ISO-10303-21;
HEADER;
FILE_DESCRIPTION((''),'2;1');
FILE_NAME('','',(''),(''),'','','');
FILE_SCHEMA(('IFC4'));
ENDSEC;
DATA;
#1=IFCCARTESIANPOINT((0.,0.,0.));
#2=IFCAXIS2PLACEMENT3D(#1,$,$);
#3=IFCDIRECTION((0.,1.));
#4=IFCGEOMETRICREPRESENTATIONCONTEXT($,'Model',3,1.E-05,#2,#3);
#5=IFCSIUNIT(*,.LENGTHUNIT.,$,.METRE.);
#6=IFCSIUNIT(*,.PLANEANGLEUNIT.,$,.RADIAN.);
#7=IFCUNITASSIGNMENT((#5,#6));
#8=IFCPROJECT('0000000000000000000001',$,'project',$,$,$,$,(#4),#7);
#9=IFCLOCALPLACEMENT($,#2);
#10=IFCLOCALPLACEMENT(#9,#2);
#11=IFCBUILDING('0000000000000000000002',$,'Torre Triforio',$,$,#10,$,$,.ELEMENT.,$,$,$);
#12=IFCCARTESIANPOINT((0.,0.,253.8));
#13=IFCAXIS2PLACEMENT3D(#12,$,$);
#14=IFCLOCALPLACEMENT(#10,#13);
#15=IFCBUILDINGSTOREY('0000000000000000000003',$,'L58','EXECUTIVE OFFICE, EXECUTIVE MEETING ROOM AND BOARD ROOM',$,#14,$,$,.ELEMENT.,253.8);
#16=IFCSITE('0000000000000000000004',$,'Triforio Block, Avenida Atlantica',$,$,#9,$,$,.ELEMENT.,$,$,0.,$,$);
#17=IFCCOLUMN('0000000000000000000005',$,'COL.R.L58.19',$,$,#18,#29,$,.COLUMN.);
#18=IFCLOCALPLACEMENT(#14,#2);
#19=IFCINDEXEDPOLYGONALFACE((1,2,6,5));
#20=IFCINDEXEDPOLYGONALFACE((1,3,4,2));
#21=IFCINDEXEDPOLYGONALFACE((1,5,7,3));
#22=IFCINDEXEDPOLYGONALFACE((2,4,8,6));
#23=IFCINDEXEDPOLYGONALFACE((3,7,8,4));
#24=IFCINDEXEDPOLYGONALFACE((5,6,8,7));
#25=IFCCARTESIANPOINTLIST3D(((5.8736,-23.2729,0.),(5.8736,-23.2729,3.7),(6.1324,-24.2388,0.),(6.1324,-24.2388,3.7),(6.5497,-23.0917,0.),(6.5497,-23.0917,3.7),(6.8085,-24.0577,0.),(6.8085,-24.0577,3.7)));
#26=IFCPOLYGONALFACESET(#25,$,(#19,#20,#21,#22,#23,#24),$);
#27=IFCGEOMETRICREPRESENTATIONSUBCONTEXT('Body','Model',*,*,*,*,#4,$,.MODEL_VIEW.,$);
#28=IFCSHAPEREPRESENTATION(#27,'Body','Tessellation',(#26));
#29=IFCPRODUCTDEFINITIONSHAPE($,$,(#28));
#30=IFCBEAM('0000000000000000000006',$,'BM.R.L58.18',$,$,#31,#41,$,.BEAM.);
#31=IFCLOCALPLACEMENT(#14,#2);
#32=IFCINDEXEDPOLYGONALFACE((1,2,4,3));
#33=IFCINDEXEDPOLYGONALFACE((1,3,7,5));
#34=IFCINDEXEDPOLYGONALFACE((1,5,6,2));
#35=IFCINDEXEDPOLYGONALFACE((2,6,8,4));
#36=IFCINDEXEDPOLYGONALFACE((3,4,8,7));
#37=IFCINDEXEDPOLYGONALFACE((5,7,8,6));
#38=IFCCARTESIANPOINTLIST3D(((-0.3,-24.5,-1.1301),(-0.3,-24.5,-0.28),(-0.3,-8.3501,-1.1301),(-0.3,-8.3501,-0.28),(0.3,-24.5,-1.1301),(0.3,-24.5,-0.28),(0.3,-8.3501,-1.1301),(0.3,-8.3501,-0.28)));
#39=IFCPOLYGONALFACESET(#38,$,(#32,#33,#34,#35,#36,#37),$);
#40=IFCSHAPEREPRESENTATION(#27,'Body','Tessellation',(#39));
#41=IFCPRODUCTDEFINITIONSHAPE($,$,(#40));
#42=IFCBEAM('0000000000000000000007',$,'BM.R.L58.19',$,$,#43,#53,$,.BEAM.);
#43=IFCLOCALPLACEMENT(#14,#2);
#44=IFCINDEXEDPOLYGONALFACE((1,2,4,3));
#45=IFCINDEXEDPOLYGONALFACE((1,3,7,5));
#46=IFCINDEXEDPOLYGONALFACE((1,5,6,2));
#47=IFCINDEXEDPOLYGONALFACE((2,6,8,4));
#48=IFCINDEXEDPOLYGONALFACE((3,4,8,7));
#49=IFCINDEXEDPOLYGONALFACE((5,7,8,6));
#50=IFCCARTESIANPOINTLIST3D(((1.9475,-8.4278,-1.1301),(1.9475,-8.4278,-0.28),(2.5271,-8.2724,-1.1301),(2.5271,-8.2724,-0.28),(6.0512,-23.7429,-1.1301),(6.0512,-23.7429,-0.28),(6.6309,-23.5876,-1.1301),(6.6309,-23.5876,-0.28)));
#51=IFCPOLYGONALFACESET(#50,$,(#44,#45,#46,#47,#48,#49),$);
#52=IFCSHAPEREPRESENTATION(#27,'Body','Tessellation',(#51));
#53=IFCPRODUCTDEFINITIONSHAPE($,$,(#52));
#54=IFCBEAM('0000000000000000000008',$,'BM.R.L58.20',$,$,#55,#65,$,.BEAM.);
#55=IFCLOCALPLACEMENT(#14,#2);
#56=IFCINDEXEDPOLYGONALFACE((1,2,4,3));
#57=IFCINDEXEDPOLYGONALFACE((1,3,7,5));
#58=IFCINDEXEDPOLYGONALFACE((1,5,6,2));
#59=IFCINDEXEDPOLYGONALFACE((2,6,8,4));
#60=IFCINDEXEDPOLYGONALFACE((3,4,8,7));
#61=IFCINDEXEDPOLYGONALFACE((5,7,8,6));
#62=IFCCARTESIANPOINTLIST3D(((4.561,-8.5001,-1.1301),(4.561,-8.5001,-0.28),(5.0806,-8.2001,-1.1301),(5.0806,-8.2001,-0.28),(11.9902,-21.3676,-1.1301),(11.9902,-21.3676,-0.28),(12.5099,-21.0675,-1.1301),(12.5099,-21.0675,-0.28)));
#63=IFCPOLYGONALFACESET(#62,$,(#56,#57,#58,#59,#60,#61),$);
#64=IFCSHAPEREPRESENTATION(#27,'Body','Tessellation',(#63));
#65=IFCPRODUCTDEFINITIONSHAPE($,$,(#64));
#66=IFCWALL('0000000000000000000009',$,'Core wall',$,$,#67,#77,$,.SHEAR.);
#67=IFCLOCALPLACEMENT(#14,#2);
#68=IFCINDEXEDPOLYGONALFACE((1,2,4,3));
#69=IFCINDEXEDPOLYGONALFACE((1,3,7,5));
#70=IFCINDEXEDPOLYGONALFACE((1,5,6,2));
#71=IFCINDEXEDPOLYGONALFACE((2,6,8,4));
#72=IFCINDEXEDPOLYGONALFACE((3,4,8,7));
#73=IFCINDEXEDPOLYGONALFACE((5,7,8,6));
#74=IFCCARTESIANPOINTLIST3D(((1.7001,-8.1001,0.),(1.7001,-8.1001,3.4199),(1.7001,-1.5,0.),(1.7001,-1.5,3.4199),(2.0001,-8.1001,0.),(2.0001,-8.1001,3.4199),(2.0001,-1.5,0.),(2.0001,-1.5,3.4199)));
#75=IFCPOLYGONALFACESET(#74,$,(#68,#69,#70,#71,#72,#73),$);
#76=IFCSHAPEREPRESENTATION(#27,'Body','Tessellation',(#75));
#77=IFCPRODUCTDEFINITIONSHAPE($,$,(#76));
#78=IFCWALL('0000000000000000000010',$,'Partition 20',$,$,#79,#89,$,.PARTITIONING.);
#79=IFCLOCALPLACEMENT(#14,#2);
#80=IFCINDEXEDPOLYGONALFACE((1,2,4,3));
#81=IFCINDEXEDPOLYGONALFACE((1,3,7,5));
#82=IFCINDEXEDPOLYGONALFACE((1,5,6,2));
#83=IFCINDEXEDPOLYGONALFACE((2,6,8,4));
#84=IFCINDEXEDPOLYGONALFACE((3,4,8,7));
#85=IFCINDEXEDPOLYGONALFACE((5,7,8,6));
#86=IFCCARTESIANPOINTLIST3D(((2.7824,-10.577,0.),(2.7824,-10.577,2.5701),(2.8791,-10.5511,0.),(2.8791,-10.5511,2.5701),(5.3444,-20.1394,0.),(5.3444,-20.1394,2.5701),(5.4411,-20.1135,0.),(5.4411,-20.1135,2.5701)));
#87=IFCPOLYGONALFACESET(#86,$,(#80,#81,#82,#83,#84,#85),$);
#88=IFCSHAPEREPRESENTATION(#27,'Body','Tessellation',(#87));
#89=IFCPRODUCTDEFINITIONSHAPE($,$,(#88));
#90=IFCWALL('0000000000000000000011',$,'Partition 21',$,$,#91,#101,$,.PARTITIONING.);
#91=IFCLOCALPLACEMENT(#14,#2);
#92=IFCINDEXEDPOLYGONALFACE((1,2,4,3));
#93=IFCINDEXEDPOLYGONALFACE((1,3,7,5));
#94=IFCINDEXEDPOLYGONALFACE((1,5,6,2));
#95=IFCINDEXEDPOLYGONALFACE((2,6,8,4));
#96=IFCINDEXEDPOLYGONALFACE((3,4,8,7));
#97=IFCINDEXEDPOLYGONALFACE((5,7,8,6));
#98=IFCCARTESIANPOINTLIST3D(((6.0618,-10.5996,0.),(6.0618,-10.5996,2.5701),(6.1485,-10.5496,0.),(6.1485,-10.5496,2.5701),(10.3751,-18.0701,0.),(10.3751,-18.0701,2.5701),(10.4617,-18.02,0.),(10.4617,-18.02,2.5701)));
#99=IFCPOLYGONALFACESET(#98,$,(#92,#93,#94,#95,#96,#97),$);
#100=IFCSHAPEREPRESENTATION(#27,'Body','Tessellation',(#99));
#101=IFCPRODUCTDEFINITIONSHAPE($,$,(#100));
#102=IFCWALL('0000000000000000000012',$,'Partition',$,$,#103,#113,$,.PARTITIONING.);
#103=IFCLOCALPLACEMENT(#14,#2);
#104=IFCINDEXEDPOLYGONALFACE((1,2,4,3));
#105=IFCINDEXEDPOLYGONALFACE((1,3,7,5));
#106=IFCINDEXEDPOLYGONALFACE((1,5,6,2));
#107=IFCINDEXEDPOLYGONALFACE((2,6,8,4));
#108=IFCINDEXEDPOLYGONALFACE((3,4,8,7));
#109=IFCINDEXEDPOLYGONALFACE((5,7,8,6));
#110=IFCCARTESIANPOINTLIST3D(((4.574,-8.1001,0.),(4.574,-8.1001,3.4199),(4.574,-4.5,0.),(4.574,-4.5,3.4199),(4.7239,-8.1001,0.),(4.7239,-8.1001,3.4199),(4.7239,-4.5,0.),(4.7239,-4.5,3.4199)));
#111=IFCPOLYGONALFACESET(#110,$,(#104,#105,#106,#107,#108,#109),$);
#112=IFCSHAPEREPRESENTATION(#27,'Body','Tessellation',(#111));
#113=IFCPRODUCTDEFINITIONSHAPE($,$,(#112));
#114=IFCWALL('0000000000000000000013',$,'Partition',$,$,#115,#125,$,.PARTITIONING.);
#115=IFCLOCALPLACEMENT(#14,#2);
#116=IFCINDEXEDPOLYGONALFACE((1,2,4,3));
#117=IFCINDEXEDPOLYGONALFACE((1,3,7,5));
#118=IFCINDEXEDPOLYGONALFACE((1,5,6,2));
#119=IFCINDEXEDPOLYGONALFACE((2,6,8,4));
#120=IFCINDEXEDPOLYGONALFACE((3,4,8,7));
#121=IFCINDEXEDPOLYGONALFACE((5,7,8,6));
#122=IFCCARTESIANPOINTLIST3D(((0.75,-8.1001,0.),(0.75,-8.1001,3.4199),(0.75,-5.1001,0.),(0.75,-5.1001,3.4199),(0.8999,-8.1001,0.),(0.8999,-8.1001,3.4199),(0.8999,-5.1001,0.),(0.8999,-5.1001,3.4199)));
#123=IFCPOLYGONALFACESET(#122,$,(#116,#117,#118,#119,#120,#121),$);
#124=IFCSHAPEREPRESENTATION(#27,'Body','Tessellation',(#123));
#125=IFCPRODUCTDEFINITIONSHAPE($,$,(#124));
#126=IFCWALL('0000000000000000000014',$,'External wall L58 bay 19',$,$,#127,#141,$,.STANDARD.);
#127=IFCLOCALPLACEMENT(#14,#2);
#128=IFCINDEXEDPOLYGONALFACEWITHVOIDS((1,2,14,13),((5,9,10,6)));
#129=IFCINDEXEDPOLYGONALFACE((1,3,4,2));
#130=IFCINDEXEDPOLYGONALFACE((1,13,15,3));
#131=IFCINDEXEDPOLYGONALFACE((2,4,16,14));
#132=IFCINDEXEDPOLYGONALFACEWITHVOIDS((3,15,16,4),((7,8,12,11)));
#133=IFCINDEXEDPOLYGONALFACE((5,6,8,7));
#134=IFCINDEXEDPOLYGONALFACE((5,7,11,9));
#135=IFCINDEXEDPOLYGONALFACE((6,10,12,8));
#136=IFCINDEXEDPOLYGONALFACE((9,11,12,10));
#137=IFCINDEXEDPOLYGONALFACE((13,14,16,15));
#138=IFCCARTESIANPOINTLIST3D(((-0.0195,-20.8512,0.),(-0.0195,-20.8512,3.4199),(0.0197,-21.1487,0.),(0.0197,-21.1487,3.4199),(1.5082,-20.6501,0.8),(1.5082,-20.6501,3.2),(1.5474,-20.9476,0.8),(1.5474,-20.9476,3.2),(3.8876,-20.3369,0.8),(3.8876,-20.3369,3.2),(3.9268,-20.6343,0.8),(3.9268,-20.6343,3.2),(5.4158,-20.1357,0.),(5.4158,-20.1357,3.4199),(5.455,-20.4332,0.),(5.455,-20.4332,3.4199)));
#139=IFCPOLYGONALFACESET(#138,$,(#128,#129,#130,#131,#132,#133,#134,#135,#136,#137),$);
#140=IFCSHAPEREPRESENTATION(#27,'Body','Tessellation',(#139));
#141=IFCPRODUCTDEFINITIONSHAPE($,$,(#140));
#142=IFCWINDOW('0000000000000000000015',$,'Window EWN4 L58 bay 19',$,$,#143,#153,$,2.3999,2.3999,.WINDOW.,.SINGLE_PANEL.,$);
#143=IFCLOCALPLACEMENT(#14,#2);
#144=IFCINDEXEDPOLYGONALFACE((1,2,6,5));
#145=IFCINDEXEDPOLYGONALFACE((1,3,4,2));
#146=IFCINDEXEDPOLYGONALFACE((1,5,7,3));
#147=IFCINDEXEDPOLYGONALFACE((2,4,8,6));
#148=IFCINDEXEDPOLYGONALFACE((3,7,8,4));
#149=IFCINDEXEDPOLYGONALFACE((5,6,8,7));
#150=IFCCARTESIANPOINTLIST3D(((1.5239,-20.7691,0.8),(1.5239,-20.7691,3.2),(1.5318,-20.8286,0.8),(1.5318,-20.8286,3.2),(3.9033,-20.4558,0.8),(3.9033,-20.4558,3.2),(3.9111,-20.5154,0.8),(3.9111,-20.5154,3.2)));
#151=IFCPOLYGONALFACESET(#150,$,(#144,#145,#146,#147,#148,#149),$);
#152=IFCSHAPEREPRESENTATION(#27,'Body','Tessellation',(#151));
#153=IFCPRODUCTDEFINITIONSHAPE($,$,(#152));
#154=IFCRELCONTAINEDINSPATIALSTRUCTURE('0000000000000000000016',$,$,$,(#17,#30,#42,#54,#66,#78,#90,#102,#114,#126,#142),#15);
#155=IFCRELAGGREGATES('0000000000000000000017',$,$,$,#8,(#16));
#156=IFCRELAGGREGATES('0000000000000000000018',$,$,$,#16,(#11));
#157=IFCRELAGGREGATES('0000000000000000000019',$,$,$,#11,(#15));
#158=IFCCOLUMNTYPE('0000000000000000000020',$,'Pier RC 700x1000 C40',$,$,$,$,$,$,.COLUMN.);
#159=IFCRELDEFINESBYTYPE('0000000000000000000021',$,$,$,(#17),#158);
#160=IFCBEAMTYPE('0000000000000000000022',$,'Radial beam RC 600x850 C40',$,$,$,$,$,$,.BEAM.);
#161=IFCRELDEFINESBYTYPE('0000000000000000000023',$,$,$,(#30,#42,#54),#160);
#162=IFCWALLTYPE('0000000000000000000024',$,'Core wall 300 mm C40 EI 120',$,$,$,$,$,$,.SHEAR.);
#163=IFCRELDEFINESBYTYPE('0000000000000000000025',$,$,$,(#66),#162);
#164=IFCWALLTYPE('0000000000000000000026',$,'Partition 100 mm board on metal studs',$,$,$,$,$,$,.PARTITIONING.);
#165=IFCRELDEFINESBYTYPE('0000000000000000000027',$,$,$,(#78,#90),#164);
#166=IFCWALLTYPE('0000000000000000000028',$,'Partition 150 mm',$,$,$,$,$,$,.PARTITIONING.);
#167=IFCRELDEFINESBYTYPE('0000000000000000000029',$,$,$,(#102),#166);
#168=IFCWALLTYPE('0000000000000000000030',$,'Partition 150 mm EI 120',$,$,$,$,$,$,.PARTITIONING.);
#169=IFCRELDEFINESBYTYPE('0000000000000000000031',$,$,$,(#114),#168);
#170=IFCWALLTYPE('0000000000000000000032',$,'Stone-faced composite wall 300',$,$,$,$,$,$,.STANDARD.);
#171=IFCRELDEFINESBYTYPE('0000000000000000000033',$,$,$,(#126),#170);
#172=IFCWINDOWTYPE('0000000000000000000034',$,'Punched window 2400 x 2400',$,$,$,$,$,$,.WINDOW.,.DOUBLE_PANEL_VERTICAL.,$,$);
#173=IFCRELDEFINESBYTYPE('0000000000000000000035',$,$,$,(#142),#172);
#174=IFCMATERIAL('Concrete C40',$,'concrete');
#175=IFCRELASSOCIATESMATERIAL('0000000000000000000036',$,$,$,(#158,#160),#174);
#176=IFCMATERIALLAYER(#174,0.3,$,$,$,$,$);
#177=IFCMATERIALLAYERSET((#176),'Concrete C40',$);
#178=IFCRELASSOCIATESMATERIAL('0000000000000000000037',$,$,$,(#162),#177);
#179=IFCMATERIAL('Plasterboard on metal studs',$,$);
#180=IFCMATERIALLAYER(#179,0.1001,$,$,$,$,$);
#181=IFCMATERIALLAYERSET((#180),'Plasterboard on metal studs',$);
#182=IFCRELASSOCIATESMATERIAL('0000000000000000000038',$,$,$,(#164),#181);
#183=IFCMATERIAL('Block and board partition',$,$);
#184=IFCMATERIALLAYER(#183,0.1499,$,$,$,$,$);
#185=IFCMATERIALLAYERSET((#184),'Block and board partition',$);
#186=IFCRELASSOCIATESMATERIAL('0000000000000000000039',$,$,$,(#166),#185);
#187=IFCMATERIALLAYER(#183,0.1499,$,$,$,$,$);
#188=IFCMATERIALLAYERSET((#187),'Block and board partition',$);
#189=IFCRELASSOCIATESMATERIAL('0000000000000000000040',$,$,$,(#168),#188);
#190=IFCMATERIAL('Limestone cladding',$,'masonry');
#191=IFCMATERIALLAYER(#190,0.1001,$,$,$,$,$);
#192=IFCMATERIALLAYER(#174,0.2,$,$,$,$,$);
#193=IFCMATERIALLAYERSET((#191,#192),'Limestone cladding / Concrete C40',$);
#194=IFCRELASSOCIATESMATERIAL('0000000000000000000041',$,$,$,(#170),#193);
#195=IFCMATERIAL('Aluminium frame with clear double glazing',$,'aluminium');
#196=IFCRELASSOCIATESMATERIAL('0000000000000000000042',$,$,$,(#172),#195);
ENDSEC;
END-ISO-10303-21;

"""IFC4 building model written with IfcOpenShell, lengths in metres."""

from ifc_helpers import new_model, si_unit, direction, frame, frame_2d, origin, origin_2d, place, context, subcontext, project, spatial, rectangle, extrude, material, layer, layer_set, material_profile, profile_set, type_object, element, fill, save


model = new_model("IFC4")

# Units and contexts
model_context = context("Model", 3, precision=1e-05, world=origin(), true_north=direction((0.0, 1.0)))
body_context = subcontext(model_context, "Body", "Model", "MODEL_VIEW")
ifc_project = project(units=[si_unit("LENGTHUNIT", "METRE"), si_unit("PLANEANGLEUNIT", "RADIAN")], contexts=[model_context])

# Site, building, storey
site_placement = place(None, origin())
site = spatial("IfcSite", under=ifc_project, at=site_placement, Name="Triforio Block, Avenida Atlantica", CompositionType="ELEMENT", RefElevation=0.0)
building_placement = place(site_placement, origin())
building = spatial("IfcBuilding", under=site, at=building_placement, Name="Torre Triforio", CompositionType="ELEMENT")
storey_placement = place(building_placement, frame((0.0, 0.0, 253.8)))
storey = spatial("IfcBuildingStorey", under=building, at=storey_placement, Name="L58", Description="EXECUTIVE OFFICE, EXECUTIVE MEETING ROOM AND BOARD ROOM", CompositionType="ELEMENT", Elevation=253.8)

# Column
ifc_material_1 = material(Name="Concrete C40", Category="concrete")
ifc_material_profile_1 = material_profile(ifc_material_1, rectangle(XDim=0.7, YDim=1.0, at=origin_2d()), Name="RC 700x1000")
ifc_profile_set_1 = profile_set([ifc_material_profile_1], Name="Concrete C40")
column_type = type_object("IfcColumnType", Name="Pier RC 700x1000 C40", PredefinedType="COLUMN", material=ifc_profile_set_1)
column_placement = place(storey_placement, frame((6.3411, -23.6653, 0.0), z_axis=(0.0, 0.0, 1.0), x_axis=(0.965926, 0.258819, 0.0)))
element("IfcColumn", 1, at=column_placement, inside=storey, type_object=column_type, Name="COL.R.L58.19", PredefinedType="COLUMN", context=body_context, shape_type="SweptSolid", body=[
    extrude(rectangle(XDim=0.7, YDim=1.0, at=origin_2d()), origin(), (0.0, 0.0, 1.0), 3.7),
])

# Beams
ifc_material_profile_2 = material_profile(ifc_material_1, rectangle(XDim=0.6001, YDim=0.8501, at=origin_2d()), Name="RC 600x850")
ifc_profile_set_2 = profile_set([ifc_material_profile_2], Name="Concrete C40")
beam_type = type_object("IfcBeamType", Name="Radial beam RC 600x850 C40", PredefinedType="BEAM", material=ifc_profile_set_2)
beam_1_placement = place(storey_placement, frame((0.0, -8.3501, -0.7051), z_axis=(0.0, -1.0, 0.0), x_axis=(1.0, 0.0, 0.0)))
element("IfcBeam", 2, at=beam_1_placement, inside=storey, type_object=beam_type, Name="BM.R.L58.18", PredefinedType="BEAM", context=body_context, shape_type="SweptSolid", body=[
    extrude(rectangle(XDim=0.6001, YDim=0.8501, at=origin_2d()), origin(), (0.0, 0.0, 1.0), 16.1499),
])
beam_2_placement = place(storey_placement, frame((2.2373, -8.3501, -0.7051), z_axis=(0.258823, -0.965925, 0.0), x_axis=(0.965925, 0.258823, 0.0)))
element("IfcBeam", 3, at=beam_2_placement, inside=storey, type_object=beam_type, Name="BM.R.L58.19", PredefinedType="BEAM", context=body_context, shape_type="SweptSolid", body=[
    extrude(rectangle(XDim=0.6001, YDim=0.8501, at=origin_2d()), origin(), (0.0, 0.0, 1.0), 15.8555),
])
beam_3_placement = place(storey_placement, frame((4.8208, -8.3501, -0.7051), z_axis=(0.500009, -0.86602, 0.0), x_axis=(0.86602, 0.500009, 0.0)))
element("IfcBeam", 4, at=beam_3_placement, inside=storey, type_object=beam_type, Name="BM.R.L58.20", PredefinedType="BEAM", context=body_context, shape_type="SweptSolid", body=[
    extrude(rectangle(XDim=0.6001, YDim=0.8501, at=origin_2d()), origin(), (0.0, 0.0, 1.0), 14.8582),
])

# Walls
ifc_layer_1 = layer(ifc_material_1, 0.3)
ifc_layer_set_1 = layer_set([ifc_layer_1], Name="Concrete C40")
wall_type_1 = type_object("IfcWallType", Name="Core wall 300 mm C40 EI 120", PredefinedType="SHEAR", material=ifc_layer_set_1)
wall_1_placement = place(storey_placement, frame((1.8501, -8.1001, 0.0), z_axis=(0.0, 0.0, 1.0), x_axis=(0.0, 1.0, 0.0)))
element("IfcWall", 5, at=wall_1_placement, inside=storey, type_object=wall_type_1, Name="Core wall", PredefinedType="SHEAR", context=body_context, shape_type="SweptSolid", body=[
    extrude(rectangle(XDim=6.6001, YDim=0.3, at=frame_2d((3.3, 0.0))), origin(), (0.0, 0.0, 1.0), 3.4199),
])
ifc_material_2 = material(Name="Plasterboard on metal studs")
ifc_layer_2 = layer(ifc_material_2, 0.1001)
ifc_layer_set_2 = layer_set([ifc_layer_2], Name="Plasterboard on metal studs")
wall_type_2 = type_object("IfcWallType", Name="Partition 100 mm board on metal studs", PredefinedType="PARTITIONING", material=ifc_layer_set_2)
wall_2_placement = place(storey_placement, frame((2.8308, -10.5642, 0.0), z_axis=(0.0, 0.0, 1.0), x_axis=(0.258795, -0.965932, 0.0)))
element("IfcWall", 6, at=wall_2_placement, inside=storey, type_object=wall_type_2, Name="Partition 20", PredefinedType="PARTITIONING", context=body_context, shape_type="SweptSolid", body=[
    extrude(rectangle(XDim=9.8997, YDim=0.1001, at=frame_2d((4.9497, 0.0))), origin(), (0.0, 0.0, 1.0), 2.5701),
])
wall_3_placement = place(storey_placement, frame((6.1052, -10.5747, 0.0), z_axis=(0.0, 0.0, 1.0), x_axis=(0.500014, -0.866017, 0.0)))
element("IfcWall", 7, at=wall_3_placement, inside=storey, type_object=wall_type_2, Name="Partition 21", PredefinedType="PARTITIONING", context=body_context, shape_type="SweptSolid", body=[
    extrude(rectangle(XDim=8.6262, YDim=0.1001, at=frame_2d((4.313, 0.0))), origin(), (0.0, 0.0, 1.0), 2.5701),
])
ifc_material_3 = material(Name="Block and board partition")
ifc_layer_3 = layer(ifc_material_3, 0.1499)
ifc_layer_set_3 = layer_set([ifc_layer_3], Name="Block and board partition")
wall_type_3 = type_object("IfcWallType", Name="Partition 150 mm", PredefinedType="PARTITIONING", material=ifc_layer_set_3)
wall_4_placement = place(storey_placement, frame((4.6489, -8.1001, 0.0), z_axis=(0.0, 0.0, 1.0), x_axis=(0.0, 1.0, 0.0)))
element("IfcWall", 8, at=wall_4_placement, inside=storey, type_object=wall_type_3, Name="Partition", PredefinedType="PARTITIONING", context=body_context, shape_type="SweptSolid", body=[
    extrude(rectangle(XDim=3.6001, YDim=0.1499, at=frame_2d((1.8, 0.0))), origin(), (0.0, 0.0, 1.0), 3.4199),
])
ifc_layer_4 = layer(ifc_material_3, 0.1499)
ifc_layer_set_4 = layer_set([ifc_layer_4], Name="Block and board partition")
wall_type_4 = type_object("IfcWallType", Name="Partition 150 mm EI 120", PredefinedType="PARTITIONING", material=ifc_layer_set_4)
wall_5_placement = place(storey_placement, frame((0.825, -8.1001, 0.0), z_axis=(0.0, 0.0, 1.0), x_axis=(0.0, 1.0, 0.0)))
element("IfcWall", 9, at=wall_5_placement, inside=storey, type_object=wall_type_4, Name="Partition", PredefinedType="PARTITIONING", context=body_context, shape_type="SweptSolid", body=[
    extrude(rectangle(XDim=3.0, YDim=0.1499, at=frame_2d((1.5, 0.0))), origin(), (0.0, 0.0, 1.0), 3.4199),
])

# Wall, opening, window
ifc_material_4 = material(Name="Limestone cladding", Category="masonry")
ifc_layer_5 = layer(ifc_material_4, 0.1001)
ifc_layer_6 = layer(ifc_material_1, 0.2)
ifc_layer_set_5 = layer_set([ifc_layer_5, ifc_layer_6], Name="Limestone cladding / Concrete C40")
wall_type_5 = type_object("IfcWallType", Name="Stone-faced composite wall 300", PredefinedType="STANDARD", material=ifc_layer_set_5)
wall_6_placement = place(storey_placement, frame((0.0, -21.0, 0.0), z_axis=(0.0, 0.0, 1.0), x_axis=(0.991445, 0.130527, 0.0)))
wall_6 = element("IfcWall", 10, at=wall_6_placement, inside=storey, type_object=wall_type_5, Name="External wall L58 bay 19", PredefinedType="STANDARD", context=body_context, shape_type="SweptSolid", body=[
    extrude(rectangle(XDim=5.4822, YDim=0.3, at=frame_2d((2.7412, 0.0))), origin(), (0.0, 0.0, 1.0), 3.4199),
])
opening_1_placement = place(wall_6_placement, frame((1.541, 0.0, 0.8)))
opening_1 = element("IfcOpeningElement", 11, at=opening_1_placement, cuts=wall_6, PredefinedType="OPENING", context=body_context, shape_type="SweptSolid", body=[
    extrude(rectangle(XDim=2.3999, YDim=2.3999, at=frame_2d((1.2, 1.2))), frame((0.0, 0.1599, 0.0), z_axis=(0.0, -1.0, 0.0), x_axis=(1.0, 0.0, 0.0)), (0.0, 0.0, 1.0), 0.3201),
])
ifc_material_5 = material(Name="Aluminium frame with clear double glazing", Category="aluminium")
window_type_1 = type_object("IfcWindowType", Name="Punched window 2400 x 2400", PartitioningType="DOUBLE_PANEL_VERTICAL", PredefinedType="WINDOW", material=ifc_material_5)
window_1_placement = place(opening_1_placement, origin())
window_1 = element("IfcWindow", 12, at=window_1_placement, inside=storey, type_object=window_type_1, Name="Window EWN4 L58 bay 19", OverallHeight=2.3999, OverallWidth=2.3999, PartitioningType="SINGLE_PANEL", PredefinedType="WINDOW", context=body_context, shape_type="SweptSolid", body=[
    extrude(rectangle(XDim=2.3999, YDim=2.3999, at=frame_2d((1.2, 1.2))), frame((0.0, 0.03, 0.0), z_axis=(0.0, -1.0, 0.0), x_axis=(1.0, 0.0, 0.0)), (0.0, 0.0, 1.0), 0.0601),
])
fill(opening_1, window_1)

save(model, "model.ifc")
